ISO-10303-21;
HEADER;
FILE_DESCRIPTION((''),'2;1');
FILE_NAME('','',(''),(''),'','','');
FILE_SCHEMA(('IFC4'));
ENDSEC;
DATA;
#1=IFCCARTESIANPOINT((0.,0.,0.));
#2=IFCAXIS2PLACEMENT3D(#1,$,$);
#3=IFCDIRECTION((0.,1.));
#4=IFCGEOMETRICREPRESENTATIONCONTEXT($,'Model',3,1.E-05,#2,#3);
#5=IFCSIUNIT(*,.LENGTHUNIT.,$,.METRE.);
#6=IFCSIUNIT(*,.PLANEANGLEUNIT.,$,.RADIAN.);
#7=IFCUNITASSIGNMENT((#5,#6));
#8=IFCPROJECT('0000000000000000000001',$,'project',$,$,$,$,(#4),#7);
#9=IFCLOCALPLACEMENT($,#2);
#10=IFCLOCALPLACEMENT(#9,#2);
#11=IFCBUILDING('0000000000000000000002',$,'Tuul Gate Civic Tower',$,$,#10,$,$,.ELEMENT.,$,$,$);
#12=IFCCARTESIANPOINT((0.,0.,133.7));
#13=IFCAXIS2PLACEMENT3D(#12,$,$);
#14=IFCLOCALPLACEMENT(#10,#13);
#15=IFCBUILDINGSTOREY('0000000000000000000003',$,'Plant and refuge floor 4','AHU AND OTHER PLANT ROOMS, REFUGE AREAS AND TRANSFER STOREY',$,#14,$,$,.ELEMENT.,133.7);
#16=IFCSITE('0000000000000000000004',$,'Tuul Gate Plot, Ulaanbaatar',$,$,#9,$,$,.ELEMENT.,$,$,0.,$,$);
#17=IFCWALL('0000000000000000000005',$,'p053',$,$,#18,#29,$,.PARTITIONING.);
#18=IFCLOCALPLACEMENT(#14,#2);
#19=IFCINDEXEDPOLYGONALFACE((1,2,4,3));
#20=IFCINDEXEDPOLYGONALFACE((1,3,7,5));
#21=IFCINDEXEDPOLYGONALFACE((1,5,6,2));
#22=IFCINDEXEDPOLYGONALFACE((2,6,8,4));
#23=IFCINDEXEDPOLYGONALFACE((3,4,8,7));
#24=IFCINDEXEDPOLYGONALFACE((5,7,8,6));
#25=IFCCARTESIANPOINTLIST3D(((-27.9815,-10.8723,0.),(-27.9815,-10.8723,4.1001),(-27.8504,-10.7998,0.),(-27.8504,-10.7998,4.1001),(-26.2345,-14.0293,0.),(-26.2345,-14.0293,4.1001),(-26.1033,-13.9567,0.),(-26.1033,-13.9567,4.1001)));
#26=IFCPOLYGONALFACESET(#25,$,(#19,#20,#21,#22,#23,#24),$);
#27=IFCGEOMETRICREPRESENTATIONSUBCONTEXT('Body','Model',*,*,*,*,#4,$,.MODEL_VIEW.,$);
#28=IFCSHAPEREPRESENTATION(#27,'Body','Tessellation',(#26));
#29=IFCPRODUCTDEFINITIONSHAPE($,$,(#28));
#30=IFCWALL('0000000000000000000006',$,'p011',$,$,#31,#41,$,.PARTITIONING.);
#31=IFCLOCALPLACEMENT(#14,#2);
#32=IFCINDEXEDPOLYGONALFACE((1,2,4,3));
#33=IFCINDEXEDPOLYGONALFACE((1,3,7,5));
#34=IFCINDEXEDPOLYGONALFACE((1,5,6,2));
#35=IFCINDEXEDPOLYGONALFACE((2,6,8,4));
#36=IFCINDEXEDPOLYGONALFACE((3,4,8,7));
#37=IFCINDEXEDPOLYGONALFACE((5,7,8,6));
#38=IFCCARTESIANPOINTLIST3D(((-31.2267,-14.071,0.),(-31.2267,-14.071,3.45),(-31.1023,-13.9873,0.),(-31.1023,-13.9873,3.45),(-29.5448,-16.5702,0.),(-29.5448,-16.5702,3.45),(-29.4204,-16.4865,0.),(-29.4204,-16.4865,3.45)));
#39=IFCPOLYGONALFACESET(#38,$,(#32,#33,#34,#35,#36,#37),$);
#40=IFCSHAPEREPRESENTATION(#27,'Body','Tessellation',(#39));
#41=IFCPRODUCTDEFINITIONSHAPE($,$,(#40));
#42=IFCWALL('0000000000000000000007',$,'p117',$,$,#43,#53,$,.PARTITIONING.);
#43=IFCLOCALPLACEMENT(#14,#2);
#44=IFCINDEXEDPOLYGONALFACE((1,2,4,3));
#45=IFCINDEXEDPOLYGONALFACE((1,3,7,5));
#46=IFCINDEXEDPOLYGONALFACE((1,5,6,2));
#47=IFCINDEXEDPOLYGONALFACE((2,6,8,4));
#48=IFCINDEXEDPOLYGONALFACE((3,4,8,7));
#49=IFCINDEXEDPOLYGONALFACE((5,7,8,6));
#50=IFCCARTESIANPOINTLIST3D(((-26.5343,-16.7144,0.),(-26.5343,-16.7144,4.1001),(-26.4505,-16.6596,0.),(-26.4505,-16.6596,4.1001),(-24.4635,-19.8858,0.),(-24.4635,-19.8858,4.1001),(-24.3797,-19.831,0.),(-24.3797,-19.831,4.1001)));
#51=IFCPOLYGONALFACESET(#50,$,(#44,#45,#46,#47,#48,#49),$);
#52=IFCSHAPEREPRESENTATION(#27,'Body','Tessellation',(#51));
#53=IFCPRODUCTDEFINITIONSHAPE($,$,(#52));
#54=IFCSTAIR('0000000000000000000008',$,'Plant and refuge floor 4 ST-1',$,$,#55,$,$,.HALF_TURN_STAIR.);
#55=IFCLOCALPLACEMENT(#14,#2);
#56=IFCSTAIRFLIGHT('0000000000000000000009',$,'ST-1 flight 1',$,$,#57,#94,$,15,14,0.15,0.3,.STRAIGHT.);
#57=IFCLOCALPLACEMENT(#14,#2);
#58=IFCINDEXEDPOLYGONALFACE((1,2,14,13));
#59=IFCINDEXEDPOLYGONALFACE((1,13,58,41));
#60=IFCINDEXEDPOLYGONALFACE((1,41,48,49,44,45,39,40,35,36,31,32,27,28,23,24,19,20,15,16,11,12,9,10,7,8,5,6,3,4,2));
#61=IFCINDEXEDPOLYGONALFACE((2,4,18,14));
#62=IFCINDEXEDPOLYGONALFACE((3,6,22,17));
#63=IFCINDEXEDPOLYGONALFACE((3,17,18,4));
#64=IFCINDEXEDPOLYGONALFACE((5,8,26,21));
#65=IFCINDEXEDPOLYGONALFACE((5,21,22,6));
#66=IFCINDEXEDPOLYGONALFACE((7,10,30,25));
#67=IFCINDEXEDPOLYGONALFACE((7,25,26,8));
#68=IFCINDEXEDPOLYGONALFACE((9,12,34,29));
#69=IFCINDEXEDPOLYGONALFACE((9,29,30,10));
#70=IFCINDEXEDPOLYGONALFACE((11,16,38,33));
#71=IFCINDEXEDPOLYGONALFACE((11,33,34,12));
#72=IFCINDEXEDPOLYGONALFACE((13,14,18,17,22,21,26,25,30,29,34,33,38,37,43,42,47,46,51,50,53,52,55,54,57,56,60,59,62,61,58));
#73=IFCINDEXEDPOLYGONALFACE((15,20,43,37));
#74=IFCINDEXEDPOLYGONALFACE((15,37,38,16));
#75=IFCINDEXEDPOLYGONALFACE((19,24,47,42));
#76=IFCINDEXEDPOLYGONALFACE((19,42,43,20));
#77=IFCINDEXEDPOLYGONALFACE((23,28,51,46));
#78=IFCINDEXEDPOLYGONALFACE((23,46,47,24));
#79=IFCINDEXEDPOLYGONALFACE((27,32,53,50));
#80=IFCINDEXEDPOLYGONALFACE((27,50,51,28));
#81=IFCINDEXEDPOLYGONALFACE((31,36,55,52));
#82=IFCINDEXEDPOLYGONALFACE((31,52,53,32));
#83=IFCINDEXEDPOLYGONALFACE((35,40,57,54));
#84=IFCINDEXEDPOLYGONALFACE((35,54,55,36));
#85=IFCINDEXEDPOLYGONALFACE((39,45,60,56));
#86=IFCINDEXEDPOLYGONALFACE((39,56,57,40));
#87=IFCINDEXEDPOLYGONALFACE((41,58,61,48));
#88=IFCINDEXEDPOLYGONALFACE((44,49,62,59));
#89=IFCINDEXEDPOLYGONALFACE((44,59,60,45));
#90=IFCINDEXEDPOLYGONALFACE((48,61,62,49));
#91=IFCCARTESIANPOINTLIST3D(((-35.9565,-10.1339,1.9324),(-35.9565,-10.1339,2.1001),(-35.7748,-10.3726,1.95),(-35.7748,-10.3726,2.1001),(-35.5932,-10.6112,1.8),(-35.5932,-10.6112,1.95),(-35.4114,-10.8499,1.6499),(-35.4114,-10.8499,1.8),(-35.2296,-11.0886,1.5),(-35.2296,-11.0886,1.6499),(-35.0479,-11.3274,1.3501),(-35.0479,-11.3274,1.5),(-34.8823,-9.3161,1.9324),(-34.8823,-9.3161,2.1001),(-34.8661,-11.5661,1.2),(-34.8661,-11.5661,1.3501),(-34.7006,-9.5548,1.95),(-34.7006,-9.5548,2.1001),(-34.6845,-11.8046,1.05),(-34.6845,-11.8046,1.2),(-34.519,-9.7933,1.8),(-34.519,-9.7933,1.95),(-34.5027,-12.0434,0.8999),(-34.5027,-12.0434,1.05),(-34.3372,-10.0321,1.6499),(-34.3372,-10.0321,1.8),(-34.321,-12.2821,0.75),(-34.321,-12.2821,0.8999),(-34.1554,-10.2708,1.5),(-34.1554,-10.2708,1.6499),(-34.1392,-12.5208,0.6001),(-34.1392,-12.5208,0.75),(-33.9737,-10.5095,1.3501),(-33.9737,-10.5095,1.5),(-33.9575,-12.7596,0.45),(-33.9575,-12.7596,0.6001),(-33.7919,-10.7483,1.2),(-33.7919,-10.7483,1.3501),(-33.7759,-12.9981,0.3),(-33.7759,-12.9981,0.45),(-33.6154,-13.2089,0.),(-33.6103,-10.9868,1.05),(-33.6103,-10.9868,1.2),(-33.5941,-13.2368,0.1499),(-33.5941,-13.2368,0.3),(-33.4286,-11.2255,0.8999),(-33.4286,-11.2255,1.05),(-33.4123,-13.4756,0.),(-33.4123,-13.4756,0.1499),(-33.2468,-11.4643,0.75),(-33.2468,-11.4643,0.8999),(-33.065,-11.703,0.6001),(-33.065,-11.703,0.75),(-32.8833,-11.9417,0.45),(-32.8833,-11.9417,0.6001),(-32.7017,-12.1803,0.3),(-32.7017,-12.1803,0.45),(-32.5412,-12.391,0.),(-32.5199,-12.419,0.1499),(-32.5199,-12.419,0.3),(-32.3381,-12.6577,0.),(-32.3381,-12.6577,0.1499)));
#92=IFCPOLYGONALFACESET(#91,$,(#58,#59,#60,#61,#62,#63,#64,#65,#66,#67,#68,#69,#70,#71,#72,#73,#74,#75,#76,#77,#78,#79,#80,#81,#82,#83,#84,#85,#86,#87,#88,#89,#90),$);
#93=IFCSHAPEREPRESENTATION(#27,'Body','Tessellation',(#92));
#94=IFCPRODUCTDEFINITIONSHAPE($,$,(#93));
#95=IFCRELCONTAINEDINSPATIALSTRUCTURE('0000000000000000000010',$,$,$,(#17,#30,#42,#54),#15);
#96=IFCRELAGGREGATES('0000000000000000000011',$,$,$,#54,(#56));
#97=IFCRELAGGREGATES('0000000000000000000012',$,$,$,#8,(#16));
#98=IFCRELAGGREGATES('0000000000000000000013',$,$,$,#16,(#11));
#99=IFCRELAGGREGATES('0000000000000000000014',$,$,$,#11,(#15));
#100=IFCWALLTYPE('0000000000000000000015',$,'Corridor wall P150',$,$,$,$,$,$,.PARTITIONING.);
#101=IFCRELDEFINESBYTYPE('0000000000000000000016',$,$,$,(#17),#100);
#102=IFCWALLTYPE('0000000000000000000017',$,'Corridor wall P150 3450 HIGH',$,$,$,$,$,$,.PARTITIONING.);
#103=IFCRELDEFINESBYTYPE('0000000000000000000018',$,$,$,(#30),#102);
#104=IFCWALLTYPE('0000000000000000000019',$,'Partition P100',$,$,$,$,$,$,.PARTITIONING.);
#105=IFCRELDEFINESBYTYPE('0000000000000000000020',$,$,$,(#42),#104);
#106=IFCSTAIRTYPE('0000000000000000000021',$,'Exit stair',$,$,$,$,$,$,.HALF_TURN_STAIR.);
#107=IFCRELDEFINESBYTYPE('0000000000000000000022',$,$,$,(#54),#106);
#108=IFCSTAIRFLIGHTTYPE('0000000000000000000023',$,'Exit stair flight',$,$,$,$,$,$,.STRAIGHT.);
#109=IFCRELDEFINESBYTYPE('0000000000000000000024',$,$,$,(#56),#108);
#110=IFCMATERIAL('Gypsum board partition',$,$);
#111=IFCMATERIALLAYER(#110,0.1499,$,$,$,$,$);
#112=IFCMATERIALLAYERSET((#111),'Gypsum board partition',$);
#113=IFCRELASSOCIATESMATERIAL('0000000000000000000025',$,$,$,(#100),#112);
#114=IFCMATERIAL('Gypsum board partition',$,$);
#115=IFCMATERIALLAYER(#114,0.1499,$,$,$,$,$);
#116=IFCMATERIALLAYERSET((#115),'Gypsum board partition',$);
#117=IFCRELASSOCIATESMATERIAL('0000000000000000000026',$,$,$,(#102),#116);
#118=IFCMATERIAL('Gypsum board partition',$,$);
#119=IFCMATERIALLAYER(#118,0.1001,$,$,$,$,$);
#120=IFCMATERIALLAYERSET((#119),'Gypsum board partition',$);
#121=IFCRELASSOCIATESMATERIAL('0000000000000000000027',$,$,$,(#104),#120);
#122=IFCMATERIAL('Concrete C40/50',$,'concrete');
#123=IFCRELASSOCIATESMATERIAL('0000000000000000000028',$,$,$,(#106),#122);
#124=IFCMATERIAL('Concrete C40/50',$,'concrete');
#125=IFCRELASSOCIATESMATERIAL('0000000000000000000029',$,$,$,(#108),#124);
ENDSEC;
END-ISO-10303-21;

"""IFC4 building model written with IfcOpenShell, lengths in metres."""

from ifc_helpers import new_model, si_unit, direction, frame, frame_2d, origin, place, context, subcontext, project, spatial, polyline, rectangle, outline, extrude, material, layer, layer_set, type_object, element, aggregate, save


model = new_model("IFC4")

# Units and contexts
model_context = context("Model", 3, precision=1e-05, world=origin(), true_north=direction((0.0, 1.0)))
body_context = subcontext(model_context, "Body", "Model", "MODEL_VIEW")
ifc_project = project(units=[si_unit("LENGTHUNIT", "METRE"), si_unit("PLANEANGLEUNIT", "RADIAN")], contexts=[model_context])

# Site, building, storey
site_placement = place(None, origin())
site = spatial("IfcSite", under=ifc_project, at=site_placement, Name="Tuul Gate Plot, Ulaanbaatar", CompositionType="ELEMENT", RefElevation=0.0)
building_placement = place(site_placement, origin())
building = spatial("IfcBuilding", under=site, at=building_placement, Name="Tuul Gate Civic Tower", CompositionType="ELEMENT")
storey_placement = place(building_placement, frame((0.0, 0.0, 133.7)))
storey = spatial("IfcBuildingStorey", under=building, at=storey_placement, Name="Plant and refuge floor 4", Description="AHU AND OTHER PLANT ROOMS, REFUGE AREAS AND TRANSFER STOREY", CompositionType="ELEMENT", Elevation=133.7)

# Shared definitions
ifc_material_1 = material(Name="Gypsum board partition")
ifc_layer_1 = layer(ifc_material_1, 0.1499)
ifc_layer_set_1 = layer_set([ifc_layer_1], Name="Gypsum board partition")
wall_type_1 = type_object("IfcWallType", Name="Corridor wall P150", PredefinedType="PARTITIONING", material=ifc_layer_set_1)

# Walls
wall_1_placement = place(storey_placement, frame((-27.916, -10.8359, 0.0), z_axis=(0.0, 0.0, 1.0), x_axis=(0.4842, -0.874957, 0.0)))
element("IfcWall", 1, at=wall_1_placement, inside=storey, type_object=wall_type_1, Name="p053", PredefinedType="PARTITIONING", context=body_context, shape_type="SweptSolid", body=[
    extrude(rectangle(XDim=3.6082, YDim=0.1499, at=frame_2d((1.8042, 0.0))), origin(), (0.0, 0.0, 1.0), 4.1001),
])
ifc_material_2 = material(Name="Gypsum board partition")
ifc_layer_2 = layer(ifc_material_2, 0.1499)
ifc_layer_set_2 = layer_set([ifc_layer_2], Name="Gypsum board partition")
wall_type_2 = type_object("IfcWallType", Name="Corridor wall P150 3450 HIGH", PredefinedType="PARTITIONING", material=ifc_layer_set_2)
wall_2_placement = place(storey_placement, frame((-31.1646, -14.0291, 0.0), z_axis=(0.0, 0.0, 1.0), x_axis=(0.558305, -0.829636, 0.0)))
element("IfcWall", 2, at=wall_2_placement, inside=storey, type_object=wall_type_2, Name="p011", PredefinedType="PARTITIONING", context=body_context, shape_type="SweptSolid", body=[
    extrude(rectangle(XDim=3.0125, YDim=0.1499, at=frame_2d((1.5063, 0.0))), origin(), (0.0, 0.0, 1.0), 3.45),
])
ifc_material_3 = material(Name="Gypsum board partition")
ifc_layer_3 = layer(ifc_material_3, 0.1001)
ifc_layer_set_3 = layer_set([ifc_layer_3], Name="Gypsum board partition")
wall_type_3 = type_object("IfcWallType", Name="Partition P100", PredefinedType="PARTITIONING", material=ifc_layer_set_3)
wall_3_placement = place(storey_placement, frame((-26.4924, -16.687, 0.0), z_axis=(0.0, 0.0, 1.0), x_axis=(0.546732, -0.837308, 0.0)))
element("IfcWall", 3, at=wall_3_placement, inside=storey, type_object=wall_type_3, Name="p117", PredefinedType="PARTITIONING", context=body_context, shape_type="SweptSolid", body=[
    extrude(rectangle(XDim=3.7876, YDim=0.1001, at=frame_2d((1.8938, 0.0))), origin(), (0.0, 0.0, 1.0), 4.1001),
])

# Stair, stair flight
ifc_material_4 = material(Name="Concrete C40/50", Category="concrete")
stair_type = type_object("IfcStairType", Name="Exit stair", PredefinedType="HALF_TURN_STAIR", material=ifc_material_4)
stair_placement = place(storey_placement, origin())
stair = element("IfcStair", 4, at=stair_placement, inside=storey, type_object=stair_type, Name="Plant and refuge floor 4 ST-1", PredefinedType="HALF_TURN_STAIR")
ifc_material_5 = material(Name="Concrete C40/50", Category="concrete")
stair_flight_type = type_object("IfcStairFlightType", Name="Exit stair flight", PredefinedType="STRAIGHT", material=ifc_material_5)
stair_flight_placement = place(storey_placement, frame((-32.8752, -13.0667, 0.0), z_axis=(0.0, 0.0, 1.0), x_axis=(-0.605764, 0.795644, 0.0)))
stair_flight = element("IfcStairFlight", 5, at=stair_flight_placement, type_object=stair_flight_type, Name="ST-1 flight 1", NumberOfRisers=15, NumberOfTreads=14, PredefinedType="STRAIGHT", RiserHeight=0.15, TreadLength=0.3, context=body_context, shape_type="SweptSolid", body=[
    extrude(outline(polyline([(0.0, 0.0), (0.0, 0.1499), (0.3, 0.1499), (0.3, 0.3), (0.6001, 0.3), (0.6001, 0.45), (0.8999, 0.45), (0.8999, 0.6001), (1.2, 0.6001), (1.2, 0.75), (1.5, 0.75), (1.5, 0.8999), (1.8, 0.8999), (1.8, 1.05), (2.1001, 1.05), (2.1001, 1.2), (2.3999, 1.2), (2.3999, 1.3501), (2.7, 1.3501), (2.7, 1.5), (3.0, 1.5), (3.0, 1.6499), (3.3, 1.6499), (3.3, 1.8), (3.6001, 1.8), (3.6001, 1.95), (3.8999, 1.95), (3.8999, 2.1001), (4.2, 2.1001), (4.2, 2.25), (4.2, 1.9324), (0.3352, 0.0), (0.0, 0.0)])), frame((0.0, 0.675, 0.0), z_axis=(0.0, -1.0, 0.0), x_axis=(1.0, 0.0, 0.0)), (0.0, 0.0, 1.0), 1.3501),
])
aggregate(stair, [stair_flight])

save(model, "model.ifc")
